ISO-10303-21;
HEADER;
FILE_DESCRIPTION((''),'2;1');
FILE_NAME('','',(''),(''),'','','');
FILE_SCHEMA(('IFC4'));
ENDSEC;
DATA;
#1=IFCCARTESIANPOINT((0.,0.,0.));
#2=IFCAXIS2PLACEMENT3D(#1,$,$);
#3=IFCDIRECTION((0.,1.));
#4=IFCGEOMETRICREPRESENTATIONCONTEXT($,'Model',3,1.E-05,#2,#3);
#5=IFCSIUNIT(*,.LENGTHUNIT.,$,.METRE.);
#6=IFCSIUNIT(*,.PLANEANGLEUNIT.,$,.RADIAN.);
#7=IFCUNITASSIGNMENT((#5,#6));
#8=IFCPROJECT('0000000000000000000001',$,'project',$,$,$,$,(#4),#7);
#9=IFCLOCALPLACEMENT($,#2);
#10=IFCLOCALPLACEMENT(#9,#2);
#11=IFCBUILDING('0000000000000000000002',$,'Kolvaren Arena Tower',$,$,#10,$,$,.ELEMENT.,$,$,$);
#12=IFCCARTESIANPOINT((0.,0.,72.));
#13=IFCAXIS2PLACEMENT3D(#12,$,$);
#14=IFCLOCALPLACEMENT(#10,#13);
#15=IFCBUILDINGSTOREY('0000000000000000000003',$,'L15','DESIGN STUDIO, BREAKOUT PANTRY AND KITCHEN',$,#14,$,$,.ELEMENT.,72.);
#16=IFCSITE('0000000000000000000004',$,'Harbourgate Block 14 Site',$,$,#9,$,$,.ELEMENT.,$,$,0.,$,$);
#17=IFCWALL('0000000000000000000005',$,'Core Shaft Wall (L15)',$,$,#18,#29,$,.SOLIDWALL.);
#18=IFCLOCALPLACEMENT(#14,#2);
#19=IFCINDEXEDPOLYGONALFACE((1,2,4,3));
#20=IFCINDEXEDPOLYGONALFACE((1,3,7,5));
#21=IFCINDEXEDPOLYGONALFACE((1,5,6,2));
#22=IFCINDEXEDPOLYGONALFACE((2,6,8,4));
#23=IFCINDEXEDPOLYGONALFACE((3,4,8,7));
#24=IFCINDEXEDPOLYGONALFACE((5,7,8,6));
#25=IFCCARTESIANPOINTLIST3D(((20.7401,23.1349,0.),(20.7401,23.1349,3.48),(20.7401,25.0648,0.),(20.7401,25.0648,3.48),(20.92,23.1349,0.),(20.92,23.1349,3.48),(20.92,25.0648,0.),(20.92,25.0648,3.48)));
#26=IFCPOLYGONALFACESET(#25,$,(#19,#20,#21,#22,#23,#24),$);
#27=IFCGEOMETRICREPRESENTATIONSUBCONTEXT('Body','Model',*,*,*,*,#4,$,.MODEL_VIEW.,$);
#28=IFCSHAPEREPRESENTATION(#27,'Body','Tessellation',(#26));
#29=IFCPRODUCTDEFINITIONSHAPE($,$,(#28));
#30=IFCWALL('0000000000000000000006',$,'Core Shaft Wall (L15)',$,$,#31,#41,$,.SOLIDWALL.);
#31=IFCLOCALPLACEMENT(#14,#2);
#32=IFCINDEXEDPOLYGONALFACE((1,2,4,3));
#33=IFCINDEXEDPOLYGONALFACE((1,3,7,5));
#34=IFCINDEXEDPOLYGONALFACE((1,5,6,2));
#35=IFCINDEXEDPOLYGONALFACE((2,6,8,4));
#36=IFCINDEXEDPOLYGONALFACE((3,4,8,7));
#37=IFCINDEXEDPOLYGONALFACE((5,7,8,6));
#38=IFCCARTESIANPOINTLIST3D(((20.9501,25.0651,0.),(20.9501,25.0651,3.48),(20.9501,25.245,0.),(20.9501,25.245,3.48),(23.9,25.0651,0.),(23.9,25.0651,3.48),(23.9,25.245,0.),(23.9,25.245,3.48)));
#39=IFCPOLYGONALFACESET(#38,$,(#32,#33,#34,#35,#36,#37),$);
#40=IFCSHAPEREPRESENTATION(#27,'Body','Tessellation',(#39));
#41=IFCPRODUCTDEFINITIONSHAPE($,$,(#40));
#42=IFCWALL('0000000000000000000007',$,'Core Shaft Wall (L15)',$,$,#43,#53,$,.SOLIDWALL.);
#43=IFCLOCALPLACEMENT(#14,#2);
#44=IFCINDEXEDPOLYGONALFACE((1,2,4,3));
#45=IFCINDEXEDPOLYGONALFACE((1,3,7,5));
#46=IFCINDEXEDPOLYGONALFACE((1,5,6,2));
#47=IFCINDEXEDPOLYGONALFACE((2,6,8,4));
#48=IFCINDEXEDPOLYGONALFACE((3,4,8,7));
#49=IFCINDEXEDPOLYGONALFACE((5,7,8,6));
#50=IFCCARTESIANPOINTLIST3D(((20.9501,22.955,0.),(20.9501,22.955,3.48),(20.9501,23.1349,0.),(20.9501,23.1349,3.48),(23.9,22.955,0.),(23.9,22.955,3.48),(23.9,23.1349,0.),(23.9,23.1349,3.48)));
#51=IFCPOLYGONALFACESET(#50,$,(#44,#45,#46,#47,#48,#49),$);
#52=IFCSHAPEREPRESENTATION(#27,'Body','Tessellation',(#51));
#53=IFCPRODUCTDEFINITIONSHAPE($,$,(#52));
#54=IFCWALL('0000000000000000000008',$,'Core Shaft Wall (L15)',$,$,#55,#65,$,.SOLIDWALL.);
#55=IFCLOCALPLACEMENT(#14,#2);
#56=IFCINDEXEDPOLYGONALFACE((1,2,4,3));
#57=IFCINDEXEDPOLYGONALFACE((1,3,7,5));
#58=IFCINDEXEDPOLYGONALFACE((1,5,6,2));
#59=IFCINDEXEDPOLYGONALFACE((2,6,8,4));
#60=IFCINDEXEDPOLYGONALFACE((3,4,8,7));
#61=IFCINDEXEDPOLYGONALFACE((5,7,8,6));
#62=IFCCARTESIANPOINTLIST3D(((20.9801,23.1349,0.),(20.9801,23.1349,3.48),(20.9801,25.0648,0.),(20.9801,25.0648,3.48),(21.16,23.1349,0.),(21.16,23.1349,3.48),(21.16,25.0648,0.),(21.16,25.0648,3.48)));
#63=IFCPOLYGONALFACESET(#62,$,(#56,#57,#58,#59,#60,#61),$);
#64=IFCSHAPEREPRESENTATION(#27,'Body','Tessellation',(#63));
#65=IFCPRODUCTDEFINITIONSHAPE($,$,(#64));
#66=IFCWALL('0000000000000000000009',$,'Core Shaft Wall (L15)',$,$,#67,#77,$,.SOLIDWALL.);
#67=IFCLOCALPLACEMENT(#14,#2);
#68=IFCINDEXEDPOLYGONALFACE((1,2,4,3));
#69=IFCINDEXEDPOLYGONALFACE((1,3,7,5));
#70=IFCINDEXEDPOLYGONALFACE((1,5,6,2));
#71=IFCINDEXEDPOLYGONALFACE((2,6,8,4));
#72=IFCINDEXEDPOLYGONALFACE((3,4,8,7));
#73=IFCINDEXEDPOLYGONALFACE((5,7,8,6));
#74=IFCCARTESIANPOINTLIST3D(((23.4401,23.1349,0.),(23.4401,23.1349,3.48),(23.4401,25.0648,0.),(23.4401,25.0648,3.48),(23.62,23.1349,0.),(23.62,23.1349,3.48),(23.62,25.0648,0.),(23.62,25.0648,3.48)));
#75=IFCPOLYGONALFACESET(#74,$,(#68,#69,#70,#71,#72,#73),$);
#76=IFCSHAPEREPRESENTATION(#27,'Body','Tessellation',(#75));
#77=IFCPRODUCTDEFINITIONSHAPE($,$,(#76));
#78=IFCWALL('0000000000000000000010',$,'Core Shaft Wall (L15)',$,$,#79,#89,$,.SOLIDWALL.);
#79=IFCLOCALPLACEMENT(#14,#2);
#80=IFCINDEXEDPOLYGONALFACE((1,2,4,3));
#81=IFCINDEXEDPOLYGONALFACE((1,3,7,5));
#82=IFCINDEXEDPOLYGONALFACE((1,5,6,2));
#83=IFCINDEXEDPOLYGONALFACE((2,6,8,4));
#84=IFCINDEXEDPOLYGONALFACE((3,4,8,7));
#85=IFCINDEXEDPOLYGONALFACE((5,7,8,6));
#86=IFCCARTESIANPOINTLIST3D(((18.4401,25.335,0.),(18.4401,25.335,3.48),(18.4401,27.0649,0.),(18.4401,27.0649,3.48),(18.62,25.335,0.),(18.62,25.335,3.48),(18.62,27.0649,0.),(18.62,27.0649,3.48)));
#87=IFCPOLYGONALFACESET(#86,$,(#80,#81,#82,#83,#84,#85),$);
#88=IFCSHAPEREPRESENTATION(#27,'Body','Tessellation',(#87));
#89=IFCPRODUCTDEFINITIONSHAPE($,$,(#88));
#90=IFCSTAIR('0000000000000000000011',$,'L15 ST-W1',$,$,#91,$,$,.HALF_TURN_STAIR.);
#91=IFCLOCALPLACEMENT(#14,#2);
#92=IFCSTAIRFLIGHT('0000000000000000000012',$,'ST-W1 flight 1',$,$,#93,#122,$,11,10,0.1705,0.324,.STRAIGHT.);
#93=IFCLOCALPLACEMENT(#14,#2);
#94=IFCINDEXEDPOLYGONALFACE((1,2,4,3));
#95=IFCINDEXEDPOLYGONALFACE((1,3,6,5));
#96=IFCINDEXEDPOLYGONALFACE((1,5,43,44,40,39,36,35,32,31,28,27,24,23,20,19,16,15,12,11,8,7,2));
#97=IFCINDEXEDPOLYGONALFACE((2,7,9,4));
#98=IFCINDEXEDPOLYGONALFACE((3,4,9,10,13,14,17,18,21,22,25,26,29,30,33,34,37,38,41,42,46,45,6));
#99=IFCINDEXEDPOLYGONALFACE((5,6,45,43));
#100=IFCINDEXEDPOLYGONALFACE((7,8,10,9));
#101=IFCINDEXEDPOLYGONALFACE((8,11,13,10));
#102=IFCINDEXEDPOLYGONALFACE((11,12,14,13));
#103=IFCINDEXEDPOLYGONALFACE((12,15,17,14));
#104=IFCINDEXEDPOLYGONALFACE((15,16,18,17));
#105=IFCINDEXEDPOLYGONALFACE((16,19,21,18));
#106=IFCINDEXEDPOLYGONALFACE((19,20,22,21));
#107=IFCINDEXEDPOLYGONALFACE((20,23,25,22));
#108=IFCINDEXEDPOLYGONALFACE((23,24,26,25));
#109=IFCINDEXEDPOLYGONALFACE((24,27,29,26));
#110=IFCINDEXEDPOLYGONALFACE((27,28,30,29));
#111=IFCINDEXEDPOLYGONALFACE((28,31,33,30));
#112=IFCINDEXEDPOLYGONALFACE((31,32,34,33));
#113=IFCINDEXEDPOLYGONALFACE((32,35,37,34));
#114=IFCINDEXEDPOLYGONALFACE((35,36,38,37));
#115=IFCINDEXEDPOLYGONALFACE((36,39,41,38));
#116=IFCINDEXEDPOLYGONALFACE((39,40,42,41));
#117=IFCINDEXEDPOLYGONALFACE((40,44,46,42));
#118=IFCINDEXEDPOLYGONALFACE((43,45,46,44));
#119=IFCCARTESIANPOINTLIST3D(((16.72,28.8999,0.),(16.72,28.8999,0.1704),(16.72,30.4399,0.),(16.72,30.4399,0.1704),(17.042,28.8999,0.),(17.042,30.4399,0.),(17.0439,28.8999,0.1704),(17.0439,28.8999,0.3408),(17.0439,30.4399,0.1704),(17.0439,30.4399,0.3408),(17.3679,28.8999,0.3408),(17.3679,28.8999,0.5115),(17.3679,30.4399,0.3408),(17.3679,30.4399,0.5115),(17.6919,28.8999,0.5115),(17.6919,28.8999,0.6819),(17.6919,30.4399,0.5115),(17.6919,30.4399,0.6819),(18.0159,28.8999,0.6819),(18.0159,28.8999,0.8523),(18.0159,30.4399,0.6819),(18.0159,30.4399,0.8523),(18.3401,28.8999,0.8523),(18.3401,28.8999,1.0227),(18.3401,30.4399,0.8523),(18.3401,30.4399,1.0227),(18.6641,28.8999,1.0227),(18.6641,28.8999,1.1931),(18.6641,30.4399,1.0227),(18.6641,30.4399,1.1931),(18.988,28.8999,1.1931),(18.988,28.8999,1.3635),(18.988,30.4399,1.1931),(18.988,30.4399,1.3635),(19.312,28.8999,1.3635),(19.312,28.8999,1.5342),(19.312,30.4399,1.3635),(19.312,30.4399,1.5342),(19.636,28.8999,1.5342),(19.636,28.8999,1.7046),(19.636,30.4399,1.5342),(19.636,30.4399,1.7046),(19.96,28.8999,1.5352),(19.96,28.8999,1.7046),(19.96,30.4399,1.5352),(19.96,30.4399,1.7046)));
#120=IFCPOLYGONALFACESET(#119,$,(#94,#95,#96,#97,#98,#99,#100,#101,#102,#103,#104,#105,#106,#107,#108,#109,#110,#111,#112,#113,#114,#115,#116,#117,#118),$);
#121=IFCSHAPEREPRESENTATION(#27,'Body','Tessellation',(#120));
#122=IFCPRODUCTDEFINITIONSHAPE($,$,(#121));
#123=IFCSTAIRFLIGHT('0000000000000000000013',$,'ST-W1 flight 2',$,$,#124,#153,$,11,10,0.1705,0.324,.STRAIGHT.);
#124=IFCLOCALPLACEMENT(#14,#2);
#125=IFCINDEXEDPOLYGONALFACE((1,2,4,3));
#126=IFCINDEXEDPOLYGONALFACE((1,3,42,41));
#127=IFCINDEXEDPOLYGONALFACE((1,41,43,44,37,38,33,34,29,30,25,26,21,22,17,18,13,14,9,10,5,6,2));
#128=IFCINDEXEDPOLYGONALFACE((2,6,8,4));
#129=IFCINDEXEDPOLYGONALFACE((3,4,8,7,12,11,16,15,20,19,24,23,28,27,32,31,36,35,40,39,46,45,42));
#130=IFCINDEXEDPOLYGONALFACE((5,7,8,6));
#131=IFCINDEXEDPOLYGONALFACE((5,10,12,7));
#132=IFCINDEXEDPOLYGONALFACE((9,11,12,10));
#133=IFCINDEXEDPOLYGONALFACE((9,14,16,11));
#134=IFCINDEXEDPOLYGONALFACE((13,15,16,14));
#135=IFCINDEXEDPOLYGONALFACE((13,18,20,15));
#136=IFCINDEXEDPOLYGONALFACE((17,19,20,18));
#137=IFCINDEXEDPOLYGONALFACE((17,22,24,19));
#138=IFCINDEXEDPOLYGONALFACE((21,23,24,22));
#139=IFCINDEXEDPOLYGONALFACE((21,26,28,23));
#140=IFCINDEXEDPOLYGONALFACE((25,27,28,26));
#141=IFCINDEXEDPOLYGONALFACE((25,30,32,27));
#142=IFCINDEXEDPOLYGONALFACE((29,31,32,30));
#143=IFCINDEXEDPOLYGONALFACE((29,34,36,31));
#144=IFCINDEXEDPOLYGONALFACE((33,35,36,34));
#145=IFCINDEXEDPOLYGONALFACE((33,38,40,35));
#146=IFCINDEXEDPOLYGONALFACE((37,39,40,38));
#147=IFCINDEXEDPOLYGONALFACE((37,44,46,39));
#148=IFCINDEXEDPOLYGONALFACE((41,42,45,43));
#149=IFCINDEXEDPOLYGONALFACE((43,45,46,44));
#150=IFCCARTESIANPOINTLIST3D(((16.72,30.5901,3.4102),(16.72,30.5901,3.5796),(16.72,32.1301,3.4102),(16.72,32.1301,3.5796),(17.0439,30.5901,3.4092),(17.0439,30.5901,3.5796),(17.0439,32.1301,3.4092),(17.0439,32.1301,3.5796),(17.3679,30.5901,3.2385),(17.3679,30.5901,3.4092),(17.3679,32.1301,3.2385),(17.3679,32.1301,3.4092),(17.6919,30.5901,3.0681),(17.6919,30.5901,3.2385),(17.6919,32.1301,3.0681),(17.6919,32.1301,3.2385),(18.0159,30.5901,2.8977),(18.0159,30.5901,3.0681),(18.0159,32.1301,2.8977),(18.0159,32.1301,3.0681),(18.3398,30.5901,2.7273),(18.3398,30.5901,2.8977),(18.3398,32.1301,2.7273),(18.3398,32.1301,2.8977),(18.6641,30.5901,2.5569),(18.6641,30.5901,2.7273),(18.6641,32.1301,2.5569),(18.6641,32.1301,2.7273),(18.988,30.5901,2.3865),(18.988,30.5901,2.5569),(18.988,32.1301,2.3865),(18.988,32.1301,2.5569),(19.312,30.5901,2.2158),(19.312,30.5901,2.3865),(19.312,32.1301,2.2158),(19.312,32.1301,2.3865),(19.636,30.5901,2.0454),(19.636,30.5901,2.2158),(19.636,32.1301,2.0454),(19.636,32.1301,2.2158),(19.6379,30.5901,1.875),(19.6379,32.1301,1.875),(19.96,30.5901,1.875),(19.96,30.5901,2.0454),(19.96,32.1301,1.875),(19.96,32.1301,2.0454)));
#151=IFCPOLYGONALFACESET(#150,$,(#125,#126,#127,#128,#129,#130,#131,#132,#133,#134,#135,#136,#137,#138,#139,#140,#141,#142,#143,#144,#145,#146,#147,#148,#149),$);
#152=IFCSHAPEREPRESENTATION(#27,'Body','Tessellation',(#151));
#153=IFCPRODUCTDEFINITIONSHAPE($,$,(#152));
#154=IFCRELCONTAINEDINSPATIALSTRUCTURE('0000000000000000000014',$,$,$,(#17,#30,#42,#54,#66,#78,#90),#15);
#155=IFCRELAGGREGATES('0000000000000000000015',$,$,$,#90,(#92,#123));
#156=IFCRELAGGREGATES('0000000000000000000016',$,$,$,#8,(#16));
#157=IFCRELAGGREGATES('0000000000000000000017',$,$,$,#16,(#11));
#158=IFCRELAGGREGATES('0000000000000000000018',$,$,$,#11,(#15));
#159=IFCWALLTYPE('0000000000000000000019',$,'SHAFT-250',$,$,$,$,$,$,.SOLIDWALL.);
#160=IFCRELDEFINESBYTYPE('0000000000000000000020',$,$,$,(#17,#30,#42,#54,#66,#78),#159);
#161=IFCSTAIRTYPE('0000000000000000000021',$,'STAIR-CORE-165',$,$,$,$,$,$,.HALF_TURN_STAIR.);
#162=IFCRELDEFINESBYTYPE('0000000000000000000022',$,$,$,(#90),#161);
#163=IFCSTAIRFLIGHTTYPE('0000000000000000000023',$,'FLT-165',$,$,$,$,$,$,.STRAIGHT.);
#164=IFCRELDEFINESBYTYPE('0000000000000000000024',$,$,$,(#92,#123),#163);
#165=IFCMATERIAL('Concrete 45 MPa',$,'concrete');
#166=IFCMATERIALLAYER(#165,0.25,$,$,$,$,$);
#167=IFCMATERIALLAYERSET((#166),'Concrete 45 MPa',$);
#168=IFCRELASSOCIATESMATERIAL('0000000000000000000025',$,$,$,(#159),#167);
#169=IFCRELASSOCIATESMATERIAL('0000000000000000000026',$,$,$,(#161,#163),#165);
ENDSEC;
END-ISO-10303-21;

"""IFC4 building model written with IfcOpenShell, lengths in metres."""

from ifc_helpers import new_model, si_unit, direction, frame, frame_2d, origin, place, context, subcontext, project, spatial, polyline, rectangle, outline, extrude, material, layer, layer_set, type_object, element, aggregate, save


model = new_model("IFC4")

# Units and contexts
model_context = context("Model", 3, precision=1e-05, world=origin(), true_north=direction((0.0, 1.0)))
body_context = subcontext(model_context, "Body", "Model", "MODEL_VIEW")
ifc_project = project(units=[si_unit("LENGTHUNIT", "METRE"), si_unit("PLANEANGLEUNIT", "RADIAN")], contexts=[model_context])

# Site, building, storey
site_placement = place(None, origin())
site = spatial("IfcSite", under=ifc_project, at=site_placement, Name="Harbourgate Block 14 Site", CompositionType="ELEMENT", RefElevation=0.0)
building_placement = place(site_placement, origin())
building = spatial("IfcBuilding", under=site, at=building_placement, Name="Kolvaren Arena Tower", CompositionType="ELEMENT")
storey_placement = place(building_placement, frame((0.0, 0.0, 72.0)))
storey = spatial("IfcBuildingStorey", under=building, at=storey_placement, Name="L15", Description="DESIGN STUDIO, BREAKOUT PANTRY AND KITCHEN", CompositionType="ELEMENT", Elevation=72.0)

# Shared definitions
ifc_material_1 = material(Name="Concrete 45 MPa", Category="concrete")
ifc_layer = layer(ifc_material_1, 0.25)
ifc_layer_set = layer_set([ifc_layer], Name="Concrete 45 MPa")
wall_type = type_object("IfcWallType", Name="SHAFT-250", PredefinedType="SOLIDWALL", material=ifc_layer_set)

# Walls
for number, where, z_axis, x_axis, name in (
    (1, (20.8301, 23.135, 0.0), (0.0, 0.0, 1.0), (0.0, 1.0, 0.0), "Core Shaft Wall (L15)"),
):
    element("IfcWall", number, at=place(storey_placement, frame(where, z_axis=z_axis, x_axis=x_axis)), inside=storey, type_object=wall_type, Name=name, PredefinedType="SOLIDWALL", context=body_context, shape_type="SweptSolid", body=[
        extrude(rectangle(XDim=1.9299, YDim=0.1799, at=frame_2d((0.9648, 0.0))), origin(), (0.0, 0.0, 1.0), 3.48),
    ])
for number, where, z_axis, x_axis, name in (
    (2, (20.95, 25.155, 0.0), (0.0, 0.0, 1.0), (1.0, 0.0, 0.0), "Core Shaft Wall (L15)"),
    (3, (20.95, 23.0449, 0.0), (0.0, 0.0, 1.0), (1.0, 0.0, 0.0), "Core Shaft Wall (L15)"),
):
    element("IfcWall", number, at=place(storey_placement, frame(where, z_axis=z_axis, x_axis=x_axis)), inside=storey, type_object=wall_type, Name=name, PredefinedType="SOLIDWALL", context=body_context, shape_type="SweptSolid", body=[
        extrude(rectangle(XDim=2.95, YDim=0.1799, at=frame_2d((1.4751, 0.0))), origin(), (0.0, 0.0, 1.0), 3.48),
    ])
for number, where, z_axis, x_axis, name in (
    (4, (21.0701, 23.135, 0.0), (0.0, 0.0, 1.0), (0.0, 1.0, 0.0), "Core Shaft Wall (L15)"),
    (5, (23.53, 23.135, 0.0), (0.0, 0.0, 1.0), (0.0, 1.0, 0.0), "Core Shaft Wall (L15)"),
):
    element("IfcWall", number, at=place(storey_placement, frame(where, z_axis=z_axis, x_axis=x_axis)), inside=storey, type_object=wall_type, Name=name, PredefinedType="SOLIDWALL", context=body_context, shape_type="SweptSolid", body=[
        extrude(rectangle(XDim=1.9299, YDim=0.1799, at=frame_2d((0.9648, 0.0))), origin(), (0.0, 0.0, 1.0), 3.48),
    ])
wall_1_placement = place(storey_placement, frame((18.53, 25.335, 0.0), z_axis=(0.0, 0.0, 1.0), x_axis=(0.0, 1.0, 0.0)))
element("IfcWall", 6, at=wall_1_placement, inside=storey, type_object=wall_type, Name="Core Shaft Wall (L15)", PredefinedType="SOLIDWALL", context=body_context, shape_type="SweptSolid", body=[
    extrude(rectangle(XDim=1.73, YDim=0.1799, at=frame_2d((0.865, 0.0))), origin(), (0.0, 0.0, 1.0), 3.48),
])

# Stair, stair flights
stair_type = type_object("IfcStairType", Name="STAIR-CORE-165", PredefinedType="HALF_TURN_STAIR", material=ifc_material_1)
stair_placement = place(storey_placement, origin())
stair = element("IfcStair", 7, at=stair_placement, inside=storey, type_object=stair_type, Name="L15 ST-W1", PredefinedType="HALF_TURN_STAIR")
stair_flight_type = type_object("IfcStairFlightType", Name="FLT-165", PredefinedType="STRAIGHT", material=ifc_material_1)
stair_flight_1_placement = place(storey_placement, frame((16.72, 29.6699, 0.0), z_axis=(0.0, 0.0, 1.0), x_axis=(1.0, 0.0, 0.0)))
stair_flight_1 = element("IfcStairFlight", 8, at=stair_flight_1_placement, type_object=stair_flight_type, Name="ST-W1 flight 1", NumberOfRisers=11, NumberOfTreads=10, PredefinedType="STRAIGHT", RiserHeight=0.1705, TreadLength=0.324, context=body_context, shape_type="SweptSolid", body=[
    extrude(outline(polyline([(0.0, 0.0), (0.0, 0.1704), (0.324, 0.1704), (0.324, 0.3408), (0.6479, 0.3408), (0.6479, 0.5115), (0.9719, 0.5115), (0.9719, 0.6819), (1.2959, 0.6819), (1.2959, 0.8523), (1.6201, 0.8523), (1.6201, 1.0227), (1.9441, 1.0227), (1.9441, 1.1931), (2.2681, 1.1931), (2.2681, 1.3635), (2.592, 1.3635), (2.592, 1.5342), (2.916, 1.5342), (2.916, 1.7046), (3.24, 1.7046), (3.24, 1.875), (3.24, 1.5352), (0.322, 0.0), (0.0, 0.0)])), frame((0.0, 0.77, 0.0), z_axis=(0.0, -1.0, 0.0), x_axis=(1.0, 0.0, 0.0)), (0.0, 0.0, 1.0), 1.54),
])
stair_flight_2_placement = place(storey_placement, frame((19.96, 31.3601, 1.875), z_axis=(0.0, 0.0, 1.0), x_axis=(-1.0, 0.0, 0.0)))
stair_flight_2 = element("IfcStairFlight", 9, at=stair_flight_2_placement, type_object=stair_flight_type, Name="ST-W1 flight 2", NumberOfRisers=11, NumberOfTreads=10, PredefinedType="STRAIGHT", RiserHeight=0.1705, TreadLength=0.324, context=body_context, shape_type="SweptSolid", body=[
    extrude(outline(polyline([(0.0, 0.0), (0.0, 0.1704), (0.324, 0.1704), (0.324, 0.3408), (0.6479, 0.3408), (0.6479, 0.5115), (0.9719, 0.5115), (0.9719, 0.6819), (1.2959, 0.6819), (1.2959, 0.8523), (1.6201, 0.8523), (1.6201, 1.0227), (1.9441, 1.0227), (1.9441, 1.1931), (2.2681, 1.1931), (2.2681, 1.3635), (2.592, 1.3635), (2.592, 1.5342), (2.916, 1.5342), (2.916, 1.7046), (3.24, 1.7046), (3.24, 1.875), (3.24, 1.5352), (0.322, 0.0), (0.0, 0.0)])), frame((0.0, 0.77, 0.0), z_axis=(0.0, -1.0, 0.0), x_axis=(1.0, 0.0, 0.0)), (0.0, 0.0, 1.0), 1.54),
])
aggregate(stair, [stair_flight_1, stair_flight_2])

save(model, "model.ifc")
